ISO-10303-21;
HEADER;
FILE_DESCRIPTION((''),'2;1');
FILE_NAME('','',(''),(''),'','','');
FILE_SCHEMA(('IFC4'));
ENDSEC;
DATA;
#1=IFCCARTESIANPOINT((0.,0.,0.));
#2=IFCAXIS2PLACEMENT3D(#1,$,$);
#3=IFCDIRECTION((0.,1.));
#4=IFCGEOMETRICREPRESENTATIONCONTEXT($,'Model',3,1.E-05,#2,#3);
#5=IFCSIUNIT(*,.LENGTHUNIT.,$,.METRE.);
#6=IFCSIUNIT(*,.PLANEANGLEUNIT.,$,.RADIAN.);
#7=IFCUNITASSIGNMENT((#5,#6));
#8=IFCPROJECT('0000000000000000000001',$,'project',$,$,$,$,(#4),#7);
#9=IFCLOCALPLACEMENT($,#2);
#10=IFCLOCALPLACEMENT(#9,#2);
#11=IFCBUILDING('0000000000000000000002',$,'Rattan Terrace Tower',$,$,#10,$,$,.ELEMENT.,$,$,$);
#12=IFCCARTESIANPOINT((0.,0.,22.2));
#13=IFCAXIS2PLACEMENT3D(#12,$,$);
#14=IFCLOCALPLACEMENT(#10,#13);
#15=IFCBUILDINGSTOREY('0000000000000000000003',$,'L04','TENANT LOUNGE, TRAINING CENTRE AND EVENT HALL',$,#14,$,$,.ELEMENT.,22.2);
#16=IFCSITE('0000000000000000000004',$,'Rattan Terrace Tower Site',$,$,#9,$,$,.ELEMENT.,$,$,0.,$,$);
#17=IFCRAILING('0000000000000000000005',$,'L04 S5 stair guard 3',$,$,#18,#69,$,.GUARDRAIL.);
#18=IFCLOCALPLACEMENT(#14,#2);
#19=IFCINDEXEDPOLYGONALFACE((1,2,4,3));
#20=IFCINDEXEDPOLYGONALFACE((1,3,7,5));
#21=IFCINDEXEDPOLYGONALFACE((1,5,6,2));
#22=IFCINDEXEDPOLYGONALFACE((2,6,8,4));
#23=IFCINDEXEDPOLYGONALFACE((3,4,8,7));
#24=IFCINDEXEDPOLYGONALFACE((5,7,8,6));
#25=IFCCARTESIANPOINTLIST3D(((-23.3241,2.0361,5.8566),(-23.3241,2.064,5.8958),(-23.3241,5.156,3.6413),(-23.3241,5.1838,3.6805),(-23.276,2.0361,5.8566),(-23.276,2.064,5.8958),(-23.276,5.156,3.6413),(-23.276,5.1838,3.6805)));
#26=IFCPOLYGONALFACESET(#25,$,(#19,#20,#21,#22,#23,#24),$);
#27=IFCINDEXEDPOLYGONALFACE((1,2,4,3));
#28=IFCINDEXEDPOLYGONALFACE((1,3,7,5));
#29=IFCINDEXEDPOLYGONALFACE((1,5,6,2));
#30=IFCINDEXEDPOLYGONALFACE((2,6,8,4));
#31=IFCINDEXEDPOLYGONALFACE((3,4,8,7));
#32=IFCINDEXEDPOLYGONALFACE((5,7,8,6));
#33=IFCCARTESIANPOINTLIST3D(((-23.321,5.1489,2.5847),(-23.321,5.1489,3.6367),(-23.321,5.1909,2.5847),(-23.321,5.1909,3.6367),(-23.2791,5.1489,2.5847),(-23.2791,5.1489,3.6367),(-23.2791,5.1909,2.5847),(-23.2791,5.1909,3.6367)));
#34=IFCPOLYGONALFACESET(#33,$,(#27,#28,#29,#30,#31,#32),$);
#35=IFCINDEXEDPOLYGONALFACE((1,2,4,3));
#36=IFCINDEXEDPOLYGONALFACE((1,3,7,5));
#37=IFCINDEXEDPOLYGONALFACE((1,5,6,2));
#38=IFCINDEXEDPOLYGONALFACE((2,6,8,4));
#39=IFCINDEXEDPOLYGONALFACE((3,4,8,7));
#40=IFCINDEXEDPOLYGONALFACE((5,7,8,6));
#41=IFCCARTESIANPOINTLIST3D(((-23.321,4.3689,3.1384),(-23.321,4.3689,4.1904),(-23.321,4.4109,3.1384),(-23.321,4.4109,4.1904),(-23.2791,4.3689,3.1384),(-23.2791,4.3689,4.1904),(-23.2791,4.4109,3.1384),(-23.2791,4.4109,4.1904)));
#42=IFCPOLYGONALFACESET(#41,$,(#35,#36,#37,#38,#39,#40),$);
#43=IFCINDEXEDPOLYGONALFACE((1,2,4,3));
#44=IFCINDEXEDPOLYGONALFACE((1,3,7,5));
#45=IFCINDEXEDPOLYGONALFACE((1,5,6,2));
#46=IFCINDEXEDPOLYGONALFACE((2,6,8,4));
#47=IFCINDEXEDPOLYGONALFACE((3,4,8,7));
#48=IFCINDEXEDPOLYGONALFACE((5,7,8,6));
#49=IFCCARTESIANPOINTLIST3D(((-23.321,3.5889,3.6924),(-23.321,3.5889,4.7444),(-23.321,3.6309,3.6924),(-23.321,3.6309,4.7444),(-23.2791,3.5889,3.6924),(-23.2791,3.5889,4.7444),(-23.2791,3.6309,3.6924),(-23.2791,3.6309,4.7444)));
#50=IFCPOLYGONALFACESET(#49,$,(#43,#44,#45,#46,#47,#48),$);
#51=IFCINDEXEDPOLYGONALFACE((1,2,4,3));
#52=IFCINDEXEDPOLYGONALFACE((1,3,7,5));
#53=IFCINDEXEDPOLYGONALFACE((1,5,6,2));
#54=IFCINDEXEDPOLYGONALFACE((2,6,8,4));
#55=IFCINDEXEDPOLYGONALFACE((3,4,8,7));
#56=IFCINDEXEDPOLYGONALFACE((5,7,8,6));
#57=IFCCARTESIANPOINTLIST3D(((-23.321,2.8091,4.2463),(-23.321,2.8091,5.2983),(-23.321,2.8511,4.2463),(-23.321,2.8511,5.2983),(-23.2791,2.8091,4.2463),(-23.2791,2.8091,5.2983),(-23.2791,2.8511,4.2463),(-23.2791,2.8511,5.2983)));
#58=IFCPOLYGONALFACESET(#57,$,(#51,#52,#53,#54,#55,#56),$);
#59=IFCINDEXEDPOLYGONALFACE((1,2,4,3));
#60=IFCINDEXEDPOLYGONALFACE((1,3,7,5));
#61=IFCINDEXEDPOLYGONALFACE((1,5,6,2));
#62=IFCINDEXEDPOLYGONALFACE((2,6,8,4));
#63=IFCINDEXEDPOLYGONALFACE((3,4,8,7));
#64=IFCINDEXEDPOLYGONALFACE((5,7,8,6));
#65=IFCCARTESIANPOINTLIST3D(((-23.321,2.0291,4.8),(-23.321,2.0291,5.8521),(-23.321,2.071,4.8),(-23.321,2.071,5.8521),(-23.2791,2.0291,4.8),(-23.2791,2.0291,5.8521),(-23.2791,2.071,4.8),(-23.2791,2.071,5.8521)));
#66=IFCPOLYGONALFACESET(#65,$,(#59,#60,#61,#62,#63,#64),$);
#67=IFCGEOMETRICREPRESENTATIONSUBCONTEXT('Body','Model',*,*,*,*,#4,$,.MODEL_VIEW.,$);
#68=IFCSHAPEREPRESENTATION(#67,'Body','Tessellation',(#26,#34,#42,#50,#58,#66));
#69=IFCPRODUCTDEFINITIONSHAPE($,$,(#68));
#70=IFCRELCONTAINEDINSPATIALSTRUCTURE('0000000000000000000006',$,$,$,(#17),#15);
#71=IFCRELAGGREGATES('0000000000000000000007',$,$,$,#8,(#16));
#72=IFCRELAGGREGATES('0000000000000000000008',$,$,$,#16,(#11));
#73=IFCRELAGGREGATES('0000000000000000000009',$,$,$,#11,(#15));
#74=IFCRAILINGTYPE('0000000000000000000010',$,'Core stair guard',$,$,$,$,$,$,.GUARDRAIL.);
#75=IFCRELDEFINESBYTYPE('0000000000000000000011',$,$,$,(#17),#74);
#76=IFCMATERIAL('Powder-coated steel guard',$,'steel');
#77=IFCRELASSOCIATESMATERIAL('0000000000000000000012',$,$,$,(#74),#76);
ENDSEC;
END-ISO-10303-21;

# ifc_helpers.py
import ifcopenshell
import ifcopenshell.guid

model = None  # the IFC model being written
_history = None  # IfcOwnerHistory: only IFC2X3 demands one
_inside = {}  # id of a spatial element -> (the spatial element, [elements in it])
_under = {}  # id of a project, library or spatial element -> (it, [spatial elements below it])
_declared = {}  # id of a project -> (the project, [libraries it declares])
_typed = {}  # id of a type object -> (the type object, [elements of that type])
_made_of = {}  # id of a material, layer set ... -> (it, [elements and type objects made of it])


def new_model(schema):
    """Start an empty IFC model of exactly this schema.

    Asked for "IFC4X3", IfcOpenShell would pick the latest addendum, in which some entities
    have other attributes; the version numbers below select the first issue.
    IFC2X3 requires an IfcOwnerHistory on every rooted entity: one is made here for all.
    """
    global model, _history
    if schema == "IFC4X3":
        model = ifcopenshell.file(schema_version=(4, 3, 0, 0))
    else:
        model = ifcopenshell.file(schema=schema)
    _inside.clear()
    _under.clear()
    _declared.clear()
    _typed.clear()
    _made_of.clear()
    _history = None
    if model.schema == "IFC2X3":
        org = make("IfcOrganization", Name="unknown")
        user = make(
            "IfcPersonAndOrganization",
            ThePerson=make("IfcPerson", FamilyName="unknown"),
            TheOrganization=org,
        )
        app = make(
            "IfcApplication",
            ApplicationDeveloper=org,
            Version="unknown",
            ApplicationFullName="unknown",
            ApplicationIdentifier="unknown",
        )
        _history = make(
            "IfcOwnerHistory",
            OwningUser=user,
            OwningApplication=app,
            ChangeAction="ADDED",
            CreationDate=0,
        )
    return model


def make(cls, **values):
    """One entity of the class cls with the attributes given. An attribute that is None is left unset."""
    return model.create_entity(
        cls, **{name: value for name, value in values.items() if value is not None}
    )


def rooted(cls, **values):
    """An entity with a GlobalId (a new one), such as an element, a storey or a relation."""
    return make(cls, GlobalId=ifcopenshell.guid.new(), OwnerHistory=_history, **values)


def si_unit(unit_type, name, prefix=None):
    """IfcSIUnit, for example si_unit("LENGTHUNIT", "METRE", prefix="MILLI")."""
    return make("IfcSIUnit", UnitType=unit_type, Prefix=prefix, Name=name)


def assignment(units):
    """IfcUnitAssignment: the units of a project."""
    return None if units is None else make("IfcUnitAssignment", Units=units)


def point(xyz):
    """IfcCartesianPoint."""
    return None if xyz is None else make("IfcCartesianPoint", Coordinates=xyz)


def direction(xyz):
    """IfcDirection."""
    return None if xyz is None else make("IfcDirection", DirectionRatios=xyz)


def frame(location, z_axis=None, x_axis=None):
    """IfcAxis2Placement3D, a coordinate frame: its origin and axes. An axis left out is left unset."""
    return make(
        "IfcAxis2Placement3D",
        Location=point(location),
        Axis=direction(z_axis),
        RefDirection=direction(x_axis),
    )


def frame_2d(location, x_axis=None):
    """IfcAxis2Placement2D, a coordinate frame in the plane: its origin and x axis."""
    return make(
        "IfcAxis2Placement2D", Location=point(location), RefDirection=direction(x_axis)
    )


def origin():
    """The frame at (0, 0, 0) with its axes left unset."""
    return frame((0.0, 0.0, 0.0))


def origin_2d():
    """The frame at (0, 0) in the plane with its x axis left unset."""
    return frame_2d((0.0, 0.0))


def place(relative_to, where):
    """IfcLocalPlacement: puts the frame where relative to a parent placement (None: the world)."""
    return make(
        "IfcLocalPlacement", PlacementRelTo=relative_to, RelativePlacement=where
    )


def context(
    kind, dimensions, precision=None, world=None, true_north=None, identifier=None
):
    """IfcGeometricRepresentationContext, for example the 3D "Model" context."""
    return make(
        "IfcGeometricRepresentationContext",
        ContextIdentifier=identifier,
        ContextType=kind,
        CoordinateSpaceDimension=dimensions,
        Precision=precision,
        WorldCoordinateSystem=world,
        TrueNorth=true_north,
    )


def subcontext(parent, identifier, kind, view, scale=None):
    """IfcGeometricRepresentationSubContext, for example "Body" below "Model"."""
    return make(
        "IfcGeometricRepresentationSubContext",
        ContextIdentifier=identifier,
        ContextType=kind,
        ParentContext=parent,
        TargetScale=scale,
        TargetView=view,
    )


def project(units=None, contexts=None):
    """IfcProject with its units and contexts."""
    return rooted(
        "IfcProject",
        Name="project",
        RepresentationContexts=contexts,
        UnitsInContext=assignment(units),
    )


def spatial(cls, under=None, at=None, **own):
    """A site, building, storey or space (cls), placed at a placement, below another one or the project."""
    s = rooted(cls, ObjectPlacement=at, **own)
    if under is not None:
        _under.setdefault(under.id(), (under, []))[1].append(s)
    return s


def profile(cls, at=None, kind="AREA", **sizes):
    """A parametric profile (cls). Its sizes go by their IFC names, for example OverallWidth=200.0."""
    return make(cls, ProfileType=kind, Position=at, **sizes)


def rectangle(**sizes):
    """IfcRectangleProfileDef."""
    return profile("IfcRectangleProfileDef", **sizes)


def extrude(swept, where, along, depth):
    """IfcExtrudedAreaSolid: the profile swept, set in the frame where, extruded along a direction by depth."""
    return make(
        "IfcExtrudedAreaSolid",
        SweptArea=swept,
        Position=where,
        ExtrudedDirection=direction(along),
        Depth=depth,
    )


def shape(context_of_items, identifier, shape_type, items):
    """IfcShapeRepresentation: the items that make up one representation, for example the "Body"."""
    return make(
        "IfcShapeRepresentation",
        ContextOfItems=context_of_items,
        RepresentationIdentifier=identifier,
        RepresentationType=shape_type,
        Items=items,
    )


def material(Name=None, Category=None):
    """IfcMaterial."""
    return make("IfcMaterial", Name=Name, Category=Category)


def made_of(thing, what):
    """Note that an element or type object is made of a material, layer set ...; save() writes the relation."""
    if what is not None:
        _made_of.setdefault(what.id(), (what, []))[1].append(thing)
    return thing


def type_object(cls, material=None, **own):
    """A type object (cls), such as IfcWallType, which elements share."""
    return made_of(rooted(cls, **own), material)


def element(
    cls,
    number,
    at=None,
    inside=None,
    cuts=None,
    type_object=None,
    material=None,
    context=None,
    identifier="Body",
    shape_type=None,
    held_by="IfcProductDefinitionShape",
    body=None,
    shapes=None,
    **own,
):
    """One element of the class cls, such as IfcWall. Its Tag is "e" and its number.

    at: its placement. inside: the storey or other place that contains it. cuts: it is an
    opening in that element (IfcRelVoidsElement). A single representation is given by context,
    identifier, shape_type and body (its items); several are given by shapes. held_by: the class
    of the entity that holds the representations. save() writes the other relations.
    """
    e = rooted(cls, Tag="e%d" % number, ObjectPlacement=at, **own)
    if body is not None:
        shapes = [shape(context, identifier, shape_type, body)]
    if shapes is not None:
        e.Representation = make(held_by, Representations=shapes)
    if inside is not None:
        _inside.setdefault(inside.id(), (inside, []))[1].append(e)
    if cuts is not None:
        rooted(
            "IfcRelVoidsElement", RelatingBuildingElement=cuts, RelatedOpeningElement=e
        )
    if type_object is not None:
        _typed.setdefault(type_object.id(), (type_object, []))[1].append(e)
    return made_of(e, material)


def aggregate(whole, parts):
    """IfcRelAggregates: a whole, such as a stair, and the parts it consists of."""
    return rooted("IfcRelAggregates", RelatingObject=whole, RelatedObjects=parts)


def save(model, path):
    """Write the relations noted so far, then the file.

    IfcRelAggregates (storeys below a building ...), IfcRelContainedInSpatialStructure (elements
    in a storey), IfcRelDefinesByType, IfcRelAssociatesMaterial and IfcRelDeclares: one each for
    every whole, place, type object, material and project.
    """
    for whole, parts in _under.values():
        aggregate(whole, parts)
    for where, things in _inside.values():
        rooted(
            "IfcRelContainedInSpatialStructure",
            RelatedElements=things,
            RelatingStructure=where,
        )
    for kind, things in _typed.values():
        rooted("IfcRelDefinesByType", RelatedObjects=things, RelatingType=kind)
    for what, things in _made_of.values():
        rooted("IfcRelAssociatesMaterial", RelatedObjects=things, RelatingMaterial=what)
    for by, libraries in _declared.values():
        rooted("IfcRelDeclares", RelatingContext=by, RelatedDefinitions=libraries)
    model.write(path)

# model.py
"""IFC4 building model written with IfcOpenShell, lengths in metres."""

from ifc_helpers import new_model, si_unit, direction, frame, origin, origin_2d, place, context, subcontext, project, spatial, rectangle, extrude, material, type_object, element, save


model = new_model("IFC4")

# Units and contexts
model_context = context("Model", 3, precision=1e-05, world=origin(), true_north=direction((0.0, 1.0)))
body_context = subcontext(model_context, "Body", "Model", "MODEL_VIEW")
ifc_project = project(units=[si_unit("LENGTHUNIT", "METRE"), si_unit("PLANEANGLEUNIT", "RADIAN")], contexts=[model_context])

# Site, building, storey
site_placement = place(None, origin())
site = spatial("IfcSite", under=ifc_project, at=site_placement, Name="Rattan Terrace Tower Site", CompositionType="ELEMENT", RefElevation=0.0)
building_placement = place(site_placement, origin())
building = spatial("IfcBuilding", under=site, at=building_placement, Name="Rattan Terrace Tower", CompositionType="ELEMENT")
storey_placement = place(building_placement, frame((0.0, 0.0, 22.2)))
storey = spatial("IfcBuildingStorey", under=building, at=storey_placement, Name="L04", Description="TENANT LOUNGE, TRAINING CENTRE AND EVENT HALL", CompositionType="ELEMENT", Elevation=22.2)

# Railing
ifc_material_1 = material(Name="Powder-coated steel guard", Category="steel")
railing_type = type_object("IfcRailingType", Name="Core stair guard", PredefinedType="GUARDRAIL", material=ifc_material_1)
railing_1_placement = place(storey_placement, frame((-23.3, 5.1699, 2.5847)))
element("IfcRailing", 1, at=railing_1_placement, inside=storey, type_object=railing_type, Name="L04 S5 stair guard 3", PredefinedType="GUARDRAIL", context=body_context, shape_type="SweptSolid", body=[
    extrude(rectangle(XDim=0.0481, YDim=0.0481, at=origin_2d()), frame((0.0, 0.0, 1.0762), z_axis=(0.0, -0.815356, 0.578961), x_axis=(1.0, 0.0, 0.0)), (0.0, 0.0, 1.0), 3.8264),
    extrude(rectangle(XDim=0.042, YDim=0.042, at=origin_2d()), origin(), (0.0, 0.0, 1.0), 1.052),
    extrude(rectangle(XDim=0.042, YDim=0.042, at=origin_2d()), frame((0.0, -0.78, 0.5537)), (0.0, 0.0, 1.0), 1.052),
    extrude(rectangle(XDim=0.042, YDim=0.042, at=origin_2d()), frame((0.0, -1.5601, 1.1077)), (0.0, 0.0, 1.0), 1.052),
    extrude(rectangle(XDim=0.042, YDim=0.042, at=origin_2d()), frame((0.0, -2.3398, 1.6616)), (0.0, 0.0, 1.0), 1.052),
    extrude(rectangle(XDim=0.042, YDim=0.042, at=origin_2d()), frame((0.0, -3.1199, 2.2153)), (0.0, 0.0, 1.0), 1.052),
])

save(model, "model.ifc")
